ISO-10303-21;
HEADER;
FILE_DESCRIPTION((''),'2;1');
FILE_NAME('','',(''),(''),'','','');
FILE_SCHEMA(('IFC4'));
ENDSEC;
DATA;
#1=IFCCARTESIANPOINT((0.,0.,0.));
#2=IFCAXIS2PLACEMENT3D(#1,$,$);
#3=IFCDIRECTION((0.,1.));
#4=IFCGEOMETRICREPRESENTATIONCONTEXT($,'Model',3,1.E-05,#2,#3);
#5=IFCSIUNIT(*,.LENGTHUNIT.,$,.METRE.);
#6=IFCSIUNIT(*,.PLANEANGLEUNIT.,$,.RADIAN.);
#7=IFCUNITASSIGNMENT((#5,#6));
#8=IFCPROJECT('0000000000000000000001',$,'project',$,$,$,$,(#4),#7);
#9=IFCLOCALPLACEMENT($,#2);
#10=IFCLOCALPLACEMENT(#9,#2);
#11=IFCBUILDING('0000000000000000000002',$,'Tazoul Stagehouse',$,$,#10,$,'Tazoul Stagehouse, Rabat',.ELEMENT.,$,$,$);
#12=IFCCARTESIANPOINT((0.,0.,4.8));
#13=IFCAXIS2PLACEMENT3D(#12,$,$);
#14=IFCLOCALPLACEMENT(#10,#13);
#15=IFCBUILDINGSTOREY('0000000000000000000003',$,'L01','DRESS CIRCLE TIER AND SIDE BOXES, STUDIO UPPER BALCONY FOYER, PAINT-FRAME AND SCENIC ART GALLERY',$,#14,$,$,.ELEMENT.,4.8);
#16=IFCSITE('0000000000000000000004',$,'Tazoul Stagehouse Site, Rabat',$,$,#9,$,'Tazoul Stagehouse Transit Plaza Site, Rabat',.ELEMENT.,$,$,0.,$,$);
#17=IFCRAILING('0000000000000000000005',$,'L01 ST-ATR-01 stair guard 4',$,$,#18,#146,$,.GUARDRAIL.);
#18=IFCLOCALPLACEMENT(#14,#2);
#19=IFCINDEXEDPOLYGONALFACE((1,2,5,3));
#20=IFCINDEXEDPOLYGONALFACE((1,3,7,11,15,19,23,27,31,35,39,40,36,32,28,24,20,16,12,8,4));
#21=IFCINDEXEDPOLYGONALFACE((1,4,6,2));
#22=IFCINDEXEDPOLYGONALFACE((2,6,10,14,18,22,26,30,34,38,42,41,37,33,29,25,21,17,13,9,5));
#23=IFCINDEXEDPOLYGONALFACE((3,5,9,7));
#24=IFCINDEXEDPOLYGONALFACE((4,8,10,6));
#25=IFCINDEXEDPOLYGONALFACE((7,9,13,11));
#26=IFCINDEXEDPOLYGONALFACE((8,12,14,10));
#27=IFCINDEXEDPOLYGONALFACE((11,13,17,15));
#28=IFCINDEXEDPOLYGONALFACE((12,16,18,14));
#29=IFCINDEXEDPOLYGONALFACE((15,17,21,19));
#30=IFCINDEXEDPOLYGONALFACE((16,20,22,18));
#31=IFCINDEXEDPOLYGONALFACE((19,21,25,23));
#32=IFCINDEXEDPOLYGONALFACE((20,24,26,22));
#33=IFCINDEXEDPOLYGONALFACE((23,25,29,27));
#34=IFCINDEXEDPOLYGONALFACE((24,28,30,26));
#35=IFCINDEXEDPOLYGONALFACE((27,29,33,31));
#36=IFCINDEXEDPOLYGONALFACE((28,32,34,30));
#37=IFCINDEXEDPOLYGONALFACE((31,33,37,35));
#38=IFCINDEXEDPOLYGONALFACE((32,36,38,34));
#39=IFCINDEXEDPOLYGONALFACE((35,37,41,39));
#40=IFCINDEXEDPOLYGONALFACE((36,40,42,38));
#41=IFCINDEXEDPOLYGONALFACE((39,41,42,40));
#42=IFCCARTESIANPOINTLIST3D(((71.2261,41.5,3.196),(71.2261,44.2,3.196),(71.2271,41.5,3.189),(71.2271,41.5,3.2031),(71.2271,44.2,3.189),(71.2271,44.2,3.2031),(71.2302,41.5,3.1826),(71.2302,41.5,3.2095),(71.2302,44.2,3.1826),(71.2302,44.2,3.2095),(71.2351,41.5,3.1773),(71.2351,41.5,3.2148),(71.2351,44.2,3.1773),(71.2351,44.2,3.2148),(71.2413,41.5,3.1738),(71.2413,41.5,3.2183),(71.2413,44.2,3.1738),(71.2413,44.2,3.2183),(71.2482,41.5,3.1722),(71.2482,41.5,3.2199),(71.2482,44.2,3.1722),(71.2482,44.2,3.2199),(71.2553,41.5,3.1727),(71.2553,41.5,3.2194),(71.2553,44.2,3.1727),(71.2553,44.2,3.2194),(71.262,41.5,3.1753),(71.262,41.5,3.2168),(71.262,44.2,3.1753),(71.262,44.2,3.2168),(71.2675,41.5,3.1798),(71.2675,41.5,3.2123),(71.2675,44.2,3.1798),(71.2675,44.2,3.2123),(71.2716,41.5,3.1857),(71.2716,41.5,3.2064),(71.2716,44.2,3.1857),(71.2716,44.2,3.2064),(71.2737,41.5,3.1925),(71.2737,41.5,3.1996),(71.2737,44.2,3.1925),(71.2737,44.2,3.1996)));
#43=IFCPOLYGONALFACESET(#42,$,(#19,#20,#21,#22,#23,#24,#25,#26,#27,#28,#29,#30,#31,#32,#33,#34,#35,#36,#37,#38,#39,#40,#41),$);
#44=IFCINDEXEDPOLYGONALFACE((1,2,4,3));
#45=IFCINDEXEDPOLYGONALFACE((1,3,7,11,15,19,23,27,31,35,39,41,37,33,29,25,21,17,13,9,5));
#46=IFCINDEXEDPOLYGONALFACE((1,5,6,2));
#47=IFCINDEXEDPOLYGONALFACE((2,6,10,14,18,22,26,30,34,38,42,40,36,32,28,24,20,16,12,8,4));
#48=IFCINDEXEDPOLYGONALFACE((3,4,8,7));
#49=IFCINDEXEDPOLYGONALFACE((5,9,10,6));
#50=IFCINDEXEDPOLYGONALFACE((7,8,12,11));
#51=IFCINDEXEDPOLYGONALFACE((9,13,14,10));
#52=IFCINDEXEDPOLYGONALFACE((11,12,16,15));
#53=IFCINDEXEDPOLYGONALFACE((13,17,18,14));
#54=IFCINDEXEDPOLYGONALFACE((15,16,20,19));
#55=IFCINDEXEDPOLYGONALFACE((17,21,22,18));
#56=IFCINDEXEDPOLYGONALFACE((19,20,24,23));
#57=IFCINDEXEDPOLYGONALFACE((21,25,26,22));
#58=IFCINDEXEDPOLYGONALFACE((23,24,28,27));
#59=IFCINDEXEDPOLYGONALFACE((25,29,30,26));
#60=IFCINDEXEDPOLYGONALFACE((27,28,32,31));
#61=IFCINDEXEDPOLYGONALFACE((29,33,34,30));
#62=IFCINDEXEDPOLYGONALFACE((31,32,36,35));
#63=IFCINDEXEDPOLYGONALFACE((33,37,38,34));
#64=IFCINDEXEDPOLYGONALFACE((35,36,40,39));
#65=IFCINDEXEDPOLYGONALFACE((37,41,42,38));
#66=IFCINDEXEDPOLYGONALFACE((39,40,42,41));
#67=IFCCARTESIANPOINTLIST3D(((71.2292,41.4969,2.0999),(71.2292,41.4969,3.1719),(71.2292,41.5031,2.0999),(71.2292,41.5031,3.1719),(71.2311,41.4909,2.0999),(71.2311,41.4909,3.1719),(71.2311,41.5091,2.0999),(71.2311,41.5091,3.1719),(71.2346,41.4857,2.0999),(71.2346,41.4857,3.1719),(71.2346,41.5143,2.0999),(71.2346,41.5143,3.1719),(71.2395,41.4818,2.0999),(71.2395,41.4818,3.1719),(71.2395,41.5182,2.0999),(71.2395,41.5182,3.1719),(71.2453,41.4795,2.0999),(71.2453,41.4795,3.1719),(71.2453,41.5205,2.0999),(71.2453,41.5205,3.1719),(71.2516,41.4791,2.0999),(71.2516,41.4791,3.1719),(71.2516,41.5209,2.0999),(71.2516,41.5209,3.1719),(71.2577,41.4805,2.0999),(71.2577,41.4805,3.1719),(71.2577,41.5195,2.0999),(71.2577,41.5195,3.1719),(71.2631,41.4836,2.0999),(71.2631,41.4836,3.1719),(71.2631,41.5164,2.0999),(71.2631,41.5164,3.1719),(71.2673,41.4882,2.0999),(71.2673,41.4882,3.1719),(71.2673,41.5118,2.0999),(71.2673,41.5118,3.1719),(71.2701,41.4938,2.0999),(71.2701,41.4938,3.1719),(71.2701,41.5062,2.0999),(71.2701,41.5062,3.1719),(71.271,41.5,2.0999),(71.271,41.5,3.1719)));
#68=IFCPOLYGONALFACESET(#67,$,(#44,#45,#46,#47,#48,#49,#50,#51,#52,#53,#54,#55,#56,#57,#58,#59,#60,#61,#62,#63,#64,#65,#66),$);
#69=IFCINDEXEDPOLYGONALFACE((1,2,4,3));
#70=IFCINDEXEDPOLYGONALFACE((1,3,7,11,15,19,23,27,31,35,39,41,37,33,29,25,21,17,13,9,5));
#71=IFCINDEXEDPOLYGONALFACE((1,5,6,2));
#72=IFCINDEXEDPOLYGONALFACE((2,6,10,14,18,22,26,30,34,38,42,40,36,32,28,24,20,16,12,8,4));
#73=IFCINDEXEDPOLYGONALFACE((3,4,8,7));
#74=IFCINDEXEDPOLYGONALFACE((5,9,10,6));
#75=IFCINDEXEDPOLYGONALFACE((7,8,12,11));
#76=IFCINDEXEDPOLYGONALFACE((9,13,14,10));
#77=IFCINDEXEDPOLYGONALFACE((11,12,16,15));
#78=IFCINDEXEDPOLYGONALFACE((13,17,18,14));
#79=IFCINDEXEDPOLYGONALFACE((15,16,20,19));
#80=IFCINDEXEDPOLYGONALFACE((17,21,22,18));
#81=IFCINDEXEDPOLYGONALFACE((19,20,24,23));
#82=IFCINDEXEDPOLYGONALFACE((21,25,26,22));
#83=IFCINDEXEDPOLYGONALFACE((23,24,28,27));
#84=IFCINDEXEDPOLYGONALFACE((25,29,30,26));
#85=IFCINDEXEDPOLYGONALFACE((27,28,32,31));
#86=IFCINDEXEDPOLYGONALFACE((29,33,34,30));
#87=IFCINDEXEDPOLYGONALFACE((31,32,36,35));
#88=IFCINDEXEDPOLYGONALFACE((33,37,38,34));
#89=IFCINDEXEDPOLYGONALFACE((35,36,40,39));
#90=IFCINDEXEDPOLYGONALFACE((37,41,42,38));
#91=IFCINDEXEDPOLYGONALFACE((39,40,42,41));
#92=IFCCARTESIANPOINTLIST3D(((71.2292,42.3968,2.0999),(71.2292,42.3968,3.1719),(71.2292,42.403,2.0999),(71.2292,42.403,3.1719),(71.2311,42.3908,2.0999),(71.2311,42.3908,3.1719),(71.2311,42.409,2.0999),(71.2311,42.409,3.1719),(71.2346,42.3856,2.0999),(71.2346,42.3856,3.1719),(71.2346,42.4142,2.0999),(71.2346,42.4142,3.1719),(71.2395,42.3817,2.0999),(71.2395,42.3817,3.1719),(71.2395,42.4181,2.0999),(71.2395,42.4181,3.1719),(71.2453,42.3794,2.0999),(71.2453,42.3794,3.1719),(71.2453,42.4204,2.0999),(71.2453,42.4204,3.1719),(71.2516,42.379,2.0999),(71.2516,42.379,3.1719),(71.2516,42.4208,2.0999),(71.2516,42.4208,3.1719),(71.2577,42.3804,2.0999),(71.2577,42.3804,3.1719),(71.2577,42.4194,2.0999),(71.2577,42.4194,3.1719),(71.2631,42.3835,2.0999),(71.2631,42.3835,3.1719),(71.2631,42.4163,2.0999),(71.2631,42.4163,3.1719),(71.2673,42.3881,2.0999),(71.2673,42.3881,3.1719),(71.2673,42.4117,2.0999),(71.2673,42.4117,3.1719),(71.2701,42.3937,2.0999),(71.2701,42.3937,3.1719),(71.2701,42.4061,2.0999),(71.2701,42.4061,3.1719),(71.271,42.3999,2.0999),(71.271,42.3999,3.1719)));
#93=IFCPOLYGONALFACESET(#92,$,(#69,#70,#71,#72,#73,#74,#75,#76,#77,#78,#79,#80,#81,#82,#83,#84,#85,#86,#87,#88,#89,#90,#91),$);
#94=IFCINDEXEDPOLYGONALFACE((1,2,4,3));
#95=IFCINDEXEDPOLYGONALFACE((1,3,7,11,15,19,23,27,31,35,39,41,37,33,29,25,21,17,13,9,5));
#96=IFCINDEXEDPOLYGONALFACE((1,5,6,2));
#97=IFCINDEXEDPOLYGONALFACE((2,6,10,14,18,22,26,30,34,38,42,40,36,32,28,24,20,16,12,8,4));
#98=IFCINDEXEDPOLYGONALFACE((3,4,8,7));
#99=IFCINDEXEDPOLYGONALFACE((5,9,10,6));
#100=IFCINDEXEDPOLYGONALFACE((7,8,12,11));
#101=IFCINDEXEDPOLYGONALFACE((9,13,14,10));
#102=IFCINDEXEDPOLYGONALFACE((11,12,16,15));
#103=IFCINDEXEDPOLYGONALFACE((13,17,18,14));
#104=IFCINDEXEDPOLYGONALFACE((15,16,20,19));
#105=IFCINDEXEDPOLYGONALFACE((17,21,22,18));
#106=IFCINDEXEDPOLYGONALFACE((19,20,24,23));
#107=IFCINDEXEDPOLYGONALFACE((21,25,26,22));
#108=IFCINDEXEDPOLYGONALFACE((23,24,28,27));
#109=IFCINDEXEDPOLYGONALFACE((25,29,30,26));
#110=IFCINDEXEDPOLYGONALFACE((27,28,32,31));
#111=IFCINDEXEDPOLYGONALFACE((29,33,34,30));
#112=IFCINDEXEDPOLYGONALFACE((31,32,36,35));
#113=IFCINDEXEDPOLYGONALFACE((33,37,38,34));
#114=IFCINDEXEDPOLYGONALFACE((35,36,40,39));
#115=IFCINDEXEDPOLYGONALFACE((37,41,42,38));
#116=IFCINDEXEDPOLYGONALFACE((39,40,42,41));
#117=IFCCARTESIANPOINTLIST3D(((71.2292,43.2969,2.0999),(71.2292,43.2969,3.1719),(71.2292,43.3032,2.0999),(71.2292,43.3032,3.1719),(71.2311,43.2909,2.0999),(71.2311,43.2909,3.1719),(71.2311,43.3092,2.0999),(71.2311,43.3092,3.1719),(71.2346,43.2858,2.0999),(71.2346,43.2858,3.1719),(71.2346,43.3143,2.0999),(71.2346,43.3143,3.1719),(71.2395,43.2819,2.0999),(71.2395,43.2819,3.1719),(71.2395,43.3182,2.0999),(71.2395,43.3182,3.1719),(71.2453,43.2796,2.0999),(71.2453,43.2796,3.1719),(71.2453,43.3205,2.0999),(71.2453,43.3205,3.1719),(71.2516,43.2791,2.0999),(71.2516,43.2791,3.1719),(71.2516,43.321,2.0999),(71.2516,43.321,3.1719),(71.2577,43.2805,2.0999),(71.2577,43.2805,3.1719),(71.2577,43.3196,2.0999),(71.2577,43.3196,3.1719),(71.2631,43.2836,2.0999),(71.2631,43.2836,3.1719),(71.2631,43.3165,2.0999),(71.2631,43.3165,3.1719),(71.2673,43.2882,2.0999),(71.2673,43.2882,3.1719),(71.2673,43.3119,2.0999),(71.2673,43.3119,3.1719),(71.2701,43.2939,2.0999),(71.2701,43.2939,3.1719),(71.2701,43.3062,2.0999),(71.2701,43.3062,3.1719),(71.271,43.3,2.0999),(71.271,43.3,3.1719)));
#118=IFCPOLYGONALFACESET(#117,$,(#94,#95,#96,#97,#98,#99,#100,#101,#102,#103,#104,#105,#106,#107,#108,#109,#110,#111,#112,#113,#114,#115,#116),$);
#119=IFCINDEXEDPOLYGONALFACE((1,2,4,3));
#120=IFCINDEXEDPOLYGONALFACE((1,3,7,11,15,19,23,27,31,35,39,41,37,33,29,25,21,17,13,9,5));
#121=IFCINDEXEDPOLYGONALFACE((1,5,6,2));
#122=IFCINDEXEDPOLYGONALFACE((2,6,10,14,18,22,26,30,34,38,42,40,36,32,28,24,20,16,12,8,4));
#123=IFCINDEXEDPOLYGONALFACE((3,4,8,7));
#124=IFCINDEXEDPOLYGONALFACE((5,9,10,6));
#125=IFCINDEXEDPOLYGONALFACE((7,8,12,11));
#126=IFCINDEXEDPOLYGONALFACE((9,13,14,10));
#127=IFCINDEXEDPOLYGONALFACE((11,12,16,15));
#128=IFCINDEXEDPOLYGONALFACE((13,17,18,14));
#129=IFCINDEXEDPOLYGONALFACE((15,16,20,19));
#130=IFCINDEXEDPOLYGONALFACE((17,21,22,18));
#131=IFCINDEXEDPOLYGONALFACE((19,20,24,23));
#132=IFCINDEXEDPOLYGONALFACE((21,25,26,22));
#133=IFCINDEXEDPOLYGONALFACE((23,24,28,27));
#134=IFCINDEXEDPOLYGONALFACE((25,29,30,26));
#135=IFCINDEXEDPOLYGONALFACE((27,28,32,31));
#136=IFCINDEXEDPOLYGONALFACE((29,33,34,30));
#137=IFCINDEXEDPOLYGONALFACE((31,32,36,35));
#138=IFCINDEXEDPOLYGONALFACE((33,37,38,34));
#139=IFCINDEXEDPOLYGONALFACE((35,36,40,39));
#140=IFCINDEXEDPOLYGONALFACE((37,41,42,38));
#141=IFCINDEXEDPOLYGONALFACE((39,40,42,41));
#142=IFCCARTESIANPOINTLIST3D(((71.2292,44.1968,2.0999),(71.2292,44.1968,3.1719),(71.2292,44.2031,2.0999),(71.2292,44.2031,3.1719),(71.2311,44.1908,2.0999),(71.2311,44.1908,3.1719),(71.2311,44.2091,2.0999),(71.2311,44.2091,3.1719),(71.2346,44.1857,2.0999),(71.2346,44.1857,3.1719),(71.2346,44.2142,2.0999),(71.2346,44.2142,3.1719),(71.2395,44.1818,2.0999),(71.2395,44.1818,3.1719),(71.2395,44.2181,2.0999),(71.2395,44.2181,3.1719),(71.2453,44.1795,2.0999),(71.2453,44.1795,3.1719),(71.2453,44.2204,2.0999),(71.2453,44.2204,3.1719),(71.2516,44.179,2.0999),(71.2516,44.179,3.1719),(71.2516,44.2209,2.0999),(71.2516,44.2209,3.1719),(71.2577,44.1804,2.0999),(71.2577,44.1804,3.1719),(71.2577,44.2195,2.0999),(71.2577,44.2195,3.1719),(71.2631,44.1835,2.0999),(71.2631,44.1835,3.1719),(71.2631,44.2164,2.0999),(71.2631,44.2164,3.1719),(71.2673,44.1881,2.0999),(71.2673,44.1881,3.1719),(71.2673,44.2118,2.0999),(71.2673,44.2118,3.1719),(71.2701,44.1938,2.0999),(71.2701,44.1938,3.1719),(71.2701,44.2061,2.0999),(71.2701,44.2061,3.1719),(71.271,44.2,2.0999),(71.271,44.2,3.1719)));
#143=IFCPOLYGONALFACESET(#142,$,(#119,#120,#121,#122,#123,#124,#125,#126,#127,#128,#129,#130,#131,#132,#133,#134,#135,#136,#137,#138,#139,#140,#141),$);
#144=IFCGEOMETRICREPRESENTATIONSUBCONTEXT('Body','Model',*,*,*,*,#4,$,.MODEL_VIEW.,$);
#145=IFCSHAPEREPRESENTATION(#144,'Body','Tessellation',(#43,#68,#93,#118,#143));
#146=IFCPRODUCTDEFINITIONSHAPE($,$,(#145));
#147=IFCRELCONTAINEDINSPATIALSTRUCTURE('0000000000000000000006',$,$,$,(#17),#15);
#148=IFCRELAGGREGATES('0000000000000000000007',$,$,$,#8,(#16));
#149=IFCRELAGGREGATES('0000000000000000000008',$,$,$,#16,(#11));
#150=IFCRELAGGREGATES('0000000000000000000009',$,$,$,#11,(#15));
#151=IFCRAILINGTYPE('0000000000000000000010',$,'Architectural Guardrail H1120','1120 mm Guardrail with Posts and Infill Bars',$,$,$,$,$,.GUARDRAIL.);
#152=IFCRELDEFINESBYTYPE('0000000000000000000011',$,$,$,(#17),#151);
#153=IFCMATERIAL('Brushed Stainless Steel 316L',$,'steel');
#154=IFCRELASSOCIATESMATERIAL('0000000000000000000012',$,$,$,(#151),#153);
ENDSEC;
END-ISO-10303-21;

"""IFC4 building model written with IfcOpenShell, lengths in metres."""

from ifc_helpers import new_model, si_unit, direction, frame, origin, origin_2d, place, context, subcontext, project, spatial, circle, extrude, material, material_profile, profile_set, type_object, element, save


model = new_model("IFC4")

# Units and contexts
model_context = context("Model", 3, precision=1e-05, world=origin(), true_north=direction((0.0, 1.0)))
body_context = subcontext(model_context, "Body", "Model", "MODEL_VIEW")
ifc_project = project(units=[si_unit("LENGTHUNIT", "METRE"), si_unit("PLANEANGLEUNIT", "RADIAN")], contexts=[model_context])

# Site, building, storey
site_placement = place(None, origin())
site = spatial("IfcSite", under=ifc_project, at=site_placement, Name="Tazoul Stagehouse Site, Rabat", LongName="Tazoul Stagehouse Transit Plaza Site, Rabat", CompositionType="ELEMENT", RefElevation=0.0)
building_placement = place(site_placement, origin())
building = spatial("IfcBuilding", under=site, at=building_placement, Name="Tazoul Stagehouse", LongName="Tazoul Stagehouse, Rabat", CompositionType="ELEMENT")
storey_placement = place(building_placement, frame((0.0, 0.0, 4.8)))
storey = spatial("IfcBuildingStorey", under=building, at=storey_placement, Name="L01", Description="DRESS CIRCLE TIER AND SIDE BOXES, STUDIO UPPER BALCONY FOYER, PAINT-FRAME AND SCENIC ART GALLERY", CompositionType="ELEMENT", Elevation=4.8)

# Railing
ifc_material_1 = material(Name="Brushed Stainless Steel 316L", Category="steel")
ifc_material_profile_1 = material_profile(ifc_material_1, circle(Radius=0.0239, at=origin_2d()), Name="SS RAIL D48")
ifc_profile_set_1 = profile_set([ifc_material_profile_1], Name="Brushed Stainless Steel 316L")
railing_type_1 = type_object("IfcRailingType", Name="Architectural Guardrail H1120", Description="1120 mm Guardrail with Posts and Infill Bars", PredefinedType="GUARDRAIL", material=ifc_profile_set_1)
for number, where, name in (
    (1, (71.25, 41.5, 2.0999), "L01 ST-ATR-01 stair guard 4"),
):
    element("IfcRailing", number, at=place(storey_placement, frame(where)), inside=storey, type_object=railing_type_1, Name=name, PredefinedType="GUARDRAIL", context=body_context, shape_type="SweptSolid", body=[
        extrude(circle(Radius=0.0239, at=origin_2d()), frame((0.0, 0.0, 1.0962), z_axis=(0.0, 1.0, 0.0), x_axis=(-1.0, 0.0, 0.0)), (0.0, 0.0, 1.0), 2.7),
        extrude(circle(Radius=0.021, at=origin_2d()), origin(), (0.0, 0.0, 1.0), 1.072),
        extrude(circle(Radius=0.021, at=origin_2d()), frame((0.0, 0.8999, 0.0)), (0.0, 0.0, 1.0), 1.072),
        extrude(circle(Radius=0.021, at=origin_2d()), frame((0.0, 1.8, 0.0)), (0.0, 0.0, 1.0), 1.072),
        extrude(circle(Radius=0.021, at=origin_2d()), frame((0.0, 2.7, 0.0)), (0.0, 0.0, 1.0), 1.072),
    ])

save(model, "model.ifc")
